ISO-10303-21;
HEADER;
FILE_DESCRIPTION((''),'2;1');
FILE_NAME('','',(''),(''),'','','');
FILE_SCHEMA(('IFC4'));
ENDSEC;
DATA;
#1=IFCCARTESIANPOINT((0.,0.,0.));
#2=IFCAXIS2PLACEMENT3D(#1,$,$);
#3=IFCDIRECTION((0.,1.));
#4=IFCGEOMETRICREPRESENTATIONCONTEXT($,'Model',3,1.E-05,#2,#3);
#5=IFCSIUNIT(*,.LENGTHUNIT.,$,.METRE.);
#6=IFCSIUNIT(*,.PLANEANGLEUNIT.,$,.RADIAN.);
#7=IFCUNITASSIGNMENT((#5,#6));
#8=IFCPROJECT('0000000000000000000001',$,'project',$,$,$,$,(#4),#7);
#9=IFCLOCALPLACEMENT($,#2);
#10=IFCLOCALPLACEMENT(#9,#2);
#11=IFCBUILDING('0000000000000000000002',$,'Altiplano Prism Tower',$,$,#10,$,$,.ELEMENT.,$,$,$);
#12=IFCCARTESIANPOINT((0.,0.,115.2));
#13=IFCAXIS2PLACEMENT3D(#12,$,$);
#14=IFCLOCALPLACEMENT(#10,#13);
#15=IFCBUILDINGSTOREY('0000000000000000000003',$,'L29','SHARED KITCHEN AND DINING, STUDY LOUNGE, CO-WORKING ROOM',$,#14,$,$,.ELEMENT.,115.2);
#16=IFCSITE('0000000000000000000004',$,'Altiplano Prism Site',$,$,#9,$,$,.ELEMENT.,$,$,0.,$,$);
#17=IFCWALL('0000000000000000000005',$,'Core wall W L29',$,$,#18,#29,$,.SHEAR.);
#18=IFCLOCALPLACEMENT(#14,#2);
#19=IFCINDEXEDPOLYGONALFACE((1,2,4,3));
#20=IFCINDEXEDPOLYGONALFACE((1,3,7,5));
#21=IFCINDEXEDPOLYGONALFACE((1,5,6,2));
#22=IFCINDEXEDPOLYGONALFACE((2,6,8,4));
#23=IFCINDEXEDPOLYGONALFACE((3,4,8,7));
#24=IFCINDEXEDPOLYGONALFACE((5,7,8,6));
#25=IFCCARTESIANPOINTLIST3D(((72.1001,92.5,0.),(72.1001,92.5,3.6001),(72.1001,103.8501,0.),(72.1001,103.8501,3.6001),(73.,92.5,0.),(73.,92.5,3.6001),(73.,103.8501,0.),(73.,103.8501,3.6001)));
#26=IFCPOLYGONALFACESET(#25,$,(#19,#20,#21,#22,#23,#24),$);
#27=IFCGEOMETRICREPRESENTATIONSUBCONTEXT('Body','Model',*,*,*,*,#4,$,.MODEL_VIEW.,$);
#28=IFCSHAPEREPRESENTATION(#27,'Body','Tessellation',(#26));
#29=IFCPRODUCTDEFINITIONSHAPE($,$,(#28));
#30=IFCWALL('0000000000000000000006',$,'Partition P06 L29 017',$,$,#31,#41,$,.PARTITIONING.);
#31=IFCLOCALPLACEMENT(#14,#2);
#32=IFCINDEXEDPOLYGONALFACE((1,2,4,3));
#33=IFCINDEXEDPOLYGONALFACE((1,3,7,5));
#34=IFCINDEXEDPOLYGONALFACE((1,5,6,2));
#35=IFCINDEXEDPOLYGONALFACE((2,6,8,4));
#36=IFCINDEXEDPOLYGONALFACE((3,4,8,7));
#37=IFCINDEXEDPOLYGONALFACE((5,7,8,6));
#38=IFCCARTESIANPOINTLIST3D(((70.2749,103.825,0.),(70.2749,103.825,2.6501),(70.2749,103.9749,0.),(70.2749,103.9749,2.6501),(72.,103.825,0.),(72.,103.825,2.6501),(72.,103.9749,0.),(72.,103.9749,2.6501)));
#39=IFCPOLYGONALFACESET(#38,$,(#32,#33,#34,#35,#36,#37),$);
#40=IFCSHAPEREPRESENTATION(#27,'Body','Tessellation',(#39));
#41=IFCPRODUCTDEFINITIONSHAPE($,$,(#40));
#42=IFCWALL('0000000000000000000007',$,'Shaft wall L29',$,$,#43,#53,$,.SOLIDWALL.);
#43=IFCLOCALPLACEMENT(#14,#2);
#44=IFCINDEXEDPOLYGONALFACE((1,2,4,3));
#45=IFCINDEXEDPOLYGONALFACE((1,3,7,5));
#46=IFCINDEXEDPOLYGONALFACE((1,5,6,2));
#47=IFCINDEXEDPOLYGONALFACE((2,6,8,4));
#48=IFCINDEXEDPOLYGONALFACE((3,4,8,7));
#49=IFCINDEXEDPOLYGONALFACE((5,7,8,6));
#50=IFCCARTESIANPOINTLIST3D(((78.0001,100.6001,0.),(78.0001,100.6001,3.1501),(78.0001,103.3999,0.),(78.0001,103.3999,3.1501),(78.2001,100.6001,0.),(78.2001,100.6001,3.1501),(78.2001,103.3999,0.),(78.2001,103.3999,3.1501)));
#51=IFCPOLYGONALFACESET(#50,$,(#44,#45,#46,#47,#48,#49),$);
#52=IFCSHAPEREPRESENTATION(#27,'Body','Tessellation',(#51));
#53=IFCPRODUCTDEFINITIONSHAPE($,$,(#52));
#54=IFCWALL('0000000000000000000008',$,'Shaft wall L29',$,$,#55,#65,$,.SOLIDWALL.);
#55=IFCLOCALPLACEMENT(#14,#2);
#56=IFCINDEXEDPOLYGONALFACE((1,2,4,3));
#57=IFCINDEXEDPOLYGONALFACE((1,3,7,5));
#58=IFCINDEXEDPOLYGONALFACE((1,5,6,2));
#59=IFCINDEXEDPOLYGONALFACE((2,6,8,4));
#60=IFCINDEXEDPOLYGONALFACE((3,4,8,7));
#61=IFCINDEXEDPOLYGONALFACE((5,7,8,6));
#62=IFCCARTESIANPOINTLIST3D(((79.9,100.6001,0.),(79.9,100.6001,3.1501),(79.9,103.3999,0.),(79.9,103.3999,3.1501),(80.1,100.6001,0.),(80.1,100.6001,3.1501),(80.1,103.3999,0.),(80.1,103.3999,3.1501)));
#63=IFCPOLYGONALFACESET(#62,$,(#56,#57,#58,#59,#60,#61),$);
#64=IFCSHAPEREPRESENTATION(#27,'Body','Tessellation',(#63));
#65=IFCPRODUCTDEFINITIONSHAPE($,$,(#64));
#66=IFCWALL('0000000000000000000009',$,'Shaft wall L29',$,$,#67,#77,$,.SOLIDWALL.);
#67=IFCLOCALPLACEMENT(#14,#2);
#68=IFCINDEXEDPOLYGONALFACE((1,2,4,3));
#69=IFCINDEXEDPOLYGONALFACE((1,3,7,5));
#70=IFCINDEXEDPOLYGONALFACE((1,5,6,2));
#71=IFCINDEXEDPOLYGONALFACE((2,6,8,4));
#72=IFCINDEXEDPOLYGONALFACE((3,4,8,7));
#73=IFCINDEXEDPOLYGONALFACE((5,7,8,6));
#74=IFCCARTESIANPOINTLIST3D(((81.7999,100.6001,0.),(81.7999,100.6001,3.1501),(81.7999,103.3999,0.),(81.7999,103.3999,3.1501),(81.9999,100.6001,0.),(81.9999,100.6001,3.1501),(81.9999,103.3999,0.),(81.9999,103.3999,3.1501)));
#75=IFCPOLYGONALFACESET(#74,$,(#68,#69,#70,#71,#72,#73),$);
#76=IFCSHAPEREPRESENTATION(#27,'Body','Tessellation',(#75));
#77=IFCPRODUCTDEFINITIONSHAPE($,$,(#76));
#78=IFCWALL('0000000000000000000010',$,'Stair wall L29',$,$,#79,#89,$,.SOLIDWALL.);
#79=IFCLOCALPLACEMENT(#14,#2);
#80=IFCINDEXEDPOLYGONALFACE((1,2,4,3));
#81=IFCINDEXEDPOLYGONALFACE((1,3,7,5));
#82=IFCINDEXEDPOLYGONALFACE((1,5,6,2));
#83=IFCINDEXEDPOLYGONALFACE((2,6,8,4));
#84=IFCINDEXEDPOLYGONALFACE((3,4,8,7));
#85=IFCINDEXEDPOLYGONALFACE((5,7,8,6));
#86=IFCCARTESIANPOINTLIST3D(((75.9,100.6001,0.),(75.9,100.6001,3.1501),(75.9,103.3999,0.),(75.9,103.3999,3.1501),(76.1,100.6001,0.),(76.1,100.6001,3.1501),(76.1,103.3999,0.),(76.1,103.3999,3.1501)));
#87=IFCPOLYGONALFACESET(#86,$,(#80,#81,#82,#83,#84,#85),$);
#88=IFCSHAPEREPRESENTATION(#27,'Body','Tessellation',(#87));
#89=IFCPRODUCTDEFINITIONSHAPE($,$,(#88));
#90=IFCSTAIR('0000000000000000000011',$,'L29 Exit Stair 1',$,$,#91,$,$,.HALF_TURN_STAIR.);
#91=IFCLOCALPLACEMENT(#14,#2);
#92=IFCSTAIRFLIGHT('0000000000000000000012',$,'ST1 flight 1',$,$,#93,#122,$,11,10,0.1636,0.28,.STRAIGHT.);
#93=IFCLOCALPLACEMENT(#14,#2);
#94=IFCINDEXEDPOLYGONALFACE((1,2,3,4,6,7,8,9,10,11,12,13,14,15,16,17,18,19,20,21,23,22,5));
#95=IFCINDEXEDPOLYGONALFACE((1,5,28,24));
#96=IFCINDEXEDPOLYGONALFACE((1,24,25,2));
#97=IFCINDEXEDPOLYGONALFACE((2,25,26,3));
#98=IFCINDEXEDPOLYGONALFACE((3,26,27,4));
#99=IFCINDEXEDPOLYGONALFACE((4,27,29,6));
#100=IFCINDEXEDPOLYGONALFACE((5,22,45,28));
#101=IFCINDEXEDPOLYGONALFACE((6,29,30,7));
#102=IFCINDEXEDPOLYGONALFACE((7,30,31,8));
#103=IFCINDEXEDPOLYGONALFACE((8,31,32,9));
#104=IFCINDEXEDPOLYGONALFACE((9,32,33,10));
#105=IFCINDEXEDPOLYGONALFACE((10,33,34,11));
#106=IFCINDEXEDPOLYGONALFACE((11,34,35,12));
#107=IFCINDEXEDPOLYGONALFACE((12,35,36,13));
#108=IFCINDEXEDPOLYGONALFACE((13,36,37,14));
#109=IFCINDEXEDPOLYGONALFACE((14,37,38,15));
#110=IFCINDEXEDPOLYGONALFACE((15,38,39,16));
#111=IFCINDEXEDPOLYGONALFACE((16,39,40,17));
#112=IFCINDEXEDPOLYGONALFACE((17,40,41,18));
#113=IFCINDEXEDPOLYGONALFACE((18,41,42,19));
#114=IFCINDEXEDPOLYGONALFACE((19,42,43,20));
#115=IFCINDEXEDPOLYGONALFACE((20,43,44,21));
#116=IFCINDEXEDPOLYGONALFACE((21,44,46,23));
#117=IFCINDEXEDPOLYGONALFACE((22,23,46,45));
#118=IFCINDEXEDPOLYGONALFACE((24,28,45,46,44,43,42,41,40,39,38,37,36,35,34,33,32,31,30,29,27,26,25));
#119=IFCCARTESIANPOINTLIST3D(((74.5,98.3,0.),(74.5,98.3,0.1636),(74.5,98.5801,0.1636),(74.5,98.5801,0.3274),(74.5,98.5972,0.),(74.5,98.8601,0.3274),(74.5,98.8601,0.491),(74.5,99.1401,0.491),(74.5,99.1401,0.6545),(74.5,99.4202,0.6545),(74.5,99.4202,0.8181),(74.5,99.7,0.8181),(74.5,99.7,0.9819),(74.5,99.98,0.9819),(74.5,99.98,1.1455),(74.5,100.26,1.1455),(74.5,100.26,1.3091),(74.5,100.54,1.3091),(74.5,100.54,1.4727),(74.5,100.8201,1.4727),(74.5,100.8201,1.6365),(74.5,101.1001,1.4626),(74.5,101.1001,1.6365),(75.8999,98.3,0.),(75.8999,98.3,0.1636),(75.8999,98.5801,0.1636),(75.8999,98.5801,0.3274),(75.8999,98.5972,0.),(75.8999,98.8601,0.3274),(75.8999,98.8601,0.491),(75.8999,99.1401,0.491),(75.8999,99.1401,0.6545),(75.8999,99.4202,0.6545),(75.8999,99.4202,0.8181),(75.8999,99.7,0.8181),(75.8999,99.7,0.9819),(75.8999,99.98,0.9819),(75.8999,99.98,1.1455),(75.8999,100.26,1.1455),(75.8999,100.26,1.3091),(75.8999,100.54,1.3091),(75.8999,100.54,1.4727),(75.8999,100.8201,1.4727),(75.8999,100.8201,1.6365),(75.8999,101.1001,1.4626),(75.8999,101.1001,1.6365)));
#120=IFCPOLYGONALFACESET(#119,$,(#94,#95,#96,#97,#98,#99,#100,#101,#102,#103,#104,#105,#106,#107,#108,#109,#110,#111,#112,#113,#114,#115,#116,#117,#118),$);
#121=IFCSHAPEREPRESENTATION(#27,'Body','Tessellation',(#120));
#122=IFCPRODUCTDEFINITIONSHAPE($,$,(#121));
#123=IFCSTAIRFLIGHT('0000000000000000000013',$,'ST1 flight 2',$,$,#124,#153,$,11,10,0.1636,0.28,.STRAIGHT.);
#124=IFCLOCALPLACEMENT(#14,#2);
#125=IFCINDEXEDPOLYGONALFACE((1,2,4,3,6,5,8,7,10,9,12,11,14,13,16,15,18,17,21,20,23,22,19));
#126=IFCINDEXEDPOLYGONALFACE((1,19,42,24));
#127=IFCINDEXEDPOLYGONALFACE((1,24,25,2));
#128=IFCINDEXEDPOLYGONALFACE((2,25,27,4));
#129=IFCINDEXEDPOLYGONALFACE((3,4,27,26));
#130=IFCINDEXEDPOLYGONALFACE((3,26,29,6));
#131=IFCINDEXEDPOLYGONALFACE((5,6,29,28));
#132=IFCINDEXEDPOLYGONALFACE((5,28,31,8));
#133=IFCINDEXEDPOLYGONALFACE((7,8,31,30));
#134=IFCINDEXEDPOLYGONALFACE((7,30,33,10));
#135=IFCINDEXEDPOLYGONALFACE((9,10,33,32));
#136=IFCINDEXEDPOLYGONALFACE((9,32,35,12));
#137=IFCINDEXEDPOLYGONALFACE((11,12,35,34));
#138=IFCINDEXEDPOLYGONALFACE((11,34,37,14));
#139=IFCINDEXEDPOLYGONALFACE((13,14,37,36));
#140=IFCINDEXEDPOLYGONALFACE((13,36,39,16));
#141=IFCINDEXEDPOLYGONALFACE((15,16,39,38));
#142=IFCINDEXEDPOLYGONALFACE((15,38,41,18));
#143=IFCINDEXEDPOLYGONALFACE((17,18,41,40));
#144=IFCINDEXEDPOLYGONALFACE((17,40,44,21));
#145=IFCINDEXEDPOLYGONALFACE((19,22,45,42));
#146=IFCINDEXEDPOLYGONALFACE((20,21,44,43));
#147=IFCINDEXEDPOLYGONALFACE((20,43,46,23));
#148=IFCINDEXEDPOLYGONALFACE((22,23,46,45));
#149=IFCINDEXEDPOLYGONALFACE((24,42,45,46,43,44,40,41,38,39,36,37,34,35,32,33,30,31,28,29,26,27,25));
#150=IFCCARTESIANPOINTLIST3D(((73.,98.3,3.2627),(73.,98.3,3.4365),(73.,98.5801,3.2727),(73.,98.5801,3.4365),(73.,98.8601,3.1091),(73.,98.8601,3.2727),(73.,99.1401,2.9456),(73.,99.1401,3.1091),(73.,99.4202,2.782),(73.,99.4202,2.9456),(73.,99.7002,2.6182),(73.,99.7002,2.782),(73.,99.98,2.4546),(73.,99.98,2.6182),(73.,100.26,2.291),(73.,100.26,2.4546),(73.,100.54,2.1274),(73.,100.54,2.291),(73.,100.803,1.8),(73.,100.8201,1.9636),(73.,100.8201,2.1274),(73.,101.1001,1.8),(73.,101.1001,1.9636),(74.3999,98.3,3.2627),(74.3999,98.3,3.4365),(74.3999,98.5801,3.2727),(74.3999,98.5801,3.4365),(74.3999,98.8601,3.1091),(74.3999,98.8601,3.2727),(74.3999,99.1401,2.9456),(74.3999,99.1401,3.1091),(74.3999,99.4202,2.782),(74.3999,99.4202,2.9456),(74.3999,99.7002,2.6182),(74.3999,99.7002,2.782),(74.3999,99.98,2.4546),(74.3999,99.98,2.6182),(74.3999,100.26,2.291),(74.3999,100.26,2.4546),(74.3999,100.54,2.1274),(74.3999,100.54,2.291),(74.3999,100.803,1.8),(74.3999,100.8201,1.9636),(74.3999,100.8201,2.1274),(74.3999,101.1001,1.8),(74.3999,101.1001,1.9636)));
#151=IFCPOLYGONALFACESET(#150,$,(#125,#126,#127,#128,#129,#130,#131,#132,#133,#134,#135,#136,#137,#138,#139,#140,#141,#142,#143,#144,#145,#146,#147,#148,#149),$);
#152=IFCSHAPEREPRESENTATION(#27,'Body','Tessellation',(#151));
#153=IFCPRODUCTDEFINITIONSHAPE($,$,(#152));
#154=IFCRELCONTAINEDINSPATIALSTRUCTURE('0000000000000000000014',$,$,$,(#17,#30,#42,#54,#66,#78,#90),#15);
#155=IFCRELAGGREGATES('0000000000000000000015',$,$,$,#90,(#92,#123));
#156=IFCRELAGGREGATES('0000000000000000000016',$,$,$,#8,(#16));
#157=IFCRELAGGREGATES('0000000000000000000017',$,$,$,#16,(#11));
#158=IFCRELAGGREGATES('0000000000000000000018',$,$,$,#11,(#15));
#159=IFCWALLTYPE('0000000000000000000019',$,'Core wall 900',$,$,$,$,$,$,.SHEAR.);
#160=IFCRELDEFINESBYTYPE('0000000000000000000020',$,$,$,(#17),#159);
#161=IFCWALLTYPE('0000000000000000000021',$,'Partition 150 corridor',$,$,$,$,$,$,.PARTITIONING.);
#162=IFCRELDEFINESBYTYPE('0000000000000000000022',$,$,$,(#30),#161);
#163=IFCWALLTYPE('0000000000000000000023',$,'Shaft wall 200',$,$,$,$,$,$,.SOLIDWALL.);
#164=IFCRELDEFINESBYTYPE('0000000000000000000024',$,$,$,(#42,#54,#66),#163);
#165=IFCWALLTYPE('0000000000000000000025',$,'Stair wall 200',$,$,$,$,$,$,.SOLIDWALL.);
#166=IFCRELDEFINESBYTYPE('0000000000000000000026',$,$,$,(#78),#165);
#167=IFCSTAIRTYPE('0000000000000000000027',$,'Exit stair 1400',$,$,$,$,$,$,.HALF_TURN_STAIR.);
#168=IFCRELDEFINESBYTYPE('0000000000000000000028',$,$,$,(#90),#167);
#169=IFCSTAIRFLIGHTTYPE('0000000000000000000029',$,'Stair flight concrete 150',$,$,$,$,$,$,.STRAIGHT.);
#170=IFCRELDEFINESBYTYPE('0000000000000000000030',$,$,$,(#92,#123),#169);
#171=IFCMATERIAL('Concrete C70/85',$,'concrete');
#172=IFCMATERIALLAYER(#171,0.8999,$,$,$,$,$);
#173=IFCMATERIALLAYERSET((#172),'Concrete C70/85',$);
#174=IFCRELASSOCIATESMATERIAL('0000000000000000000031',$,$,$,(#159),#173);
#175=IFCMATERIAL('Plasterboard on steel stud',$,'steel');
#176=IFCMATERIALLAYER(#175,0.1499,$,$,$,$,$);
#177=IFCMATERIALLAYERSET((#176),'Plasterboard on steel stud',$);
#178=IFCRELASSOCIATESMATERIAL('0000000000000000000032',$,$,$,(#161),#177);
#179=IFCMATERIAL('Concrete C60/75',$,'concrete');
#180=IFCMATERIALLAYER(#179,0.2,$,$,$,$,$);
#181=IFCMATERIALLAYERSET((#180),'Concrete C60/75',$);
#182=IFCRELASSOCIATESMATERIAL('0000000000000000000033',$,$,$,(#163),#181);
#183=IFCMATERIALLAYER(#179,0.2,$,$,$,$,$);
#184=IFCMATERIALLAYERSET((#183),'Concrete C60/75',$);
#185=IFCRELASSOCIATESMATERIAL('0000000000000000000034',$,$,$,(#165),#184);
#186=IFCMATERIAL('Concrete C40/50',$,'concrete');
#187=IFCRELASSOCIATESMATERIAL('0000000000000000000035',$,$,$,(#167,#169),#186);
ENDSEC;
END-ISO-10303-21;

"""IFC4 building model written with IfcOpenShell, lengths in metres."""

from ifc_helpers import new_model, si_unit, direction, frame, frame_2d, origin, place, context, subcontext, project, spatial, polyline, rectangle, outline, extrude, material, layer, layer_set, type_object, element, aggregate, save


model = new_model("IFC4")

# Units and contexts
model_context = context("Model", 3, precision=1e-05, world=origin(), true_north=direction((0.0, 1.0)))
body_context = subcontext(model_context, "Body", "Model", "MODEL_VIEW")
ifc_project = project(units=[si_unit("LENGTHUNIT", "METRE"), si_unit("PLANEANGLEUNIT", "RADIAN")], contexts=[model_context])

# Site, building, storey
site_placement = place(None, origin())
site = spatial("IfcSite", under=ifc_project, at=site_placement, Name="Altiplano Prism Site", CompositionType="ELEMENT", RefElevation=0.0)
building_placement = place(site_placement, origin())
building = spatial("IfcBuilding", under=site, at=building_placement, Name="Altiplano Prism Tower", CompositionType="ELEMENT")
storey_placement = place(building_placement, frame((0.0, 0.0, 115.2)))
storey = spatial("IfcBuildingStorey", under=building, at=storey_placement, Name="L29", Description="SHARED KITCHEN AND DINING, STUDY LOUNGE, CO-WORKING ROOM", CompositionType="ELEMENT", Elevation=115.2)

# Walls
ifc_material_1 = material(Name="Concrete C70/85", Category="concrete")
ifc_layer_1 = layer(ifc_material_1, 0.8999)
ifc_layer_set_1 = layer_set([ifc_layer_1], Name="Concrete C70/85")
wall_type_1 = type_object("IfcWallType", Name="Core wall 900", PredefinedType="SHEAR", material=ifc_layer_set_1)
wall_1_placement = place(storey_placement, frame((72.55, 103.8501, 0.0), z_axis=(0.0, 0.0, 1.0), x_axis=(0.0, -1.0, 0.0)))
element("IfcWall", 1, at=wall_1_placement, inside=storey, type_object=wall_type_1, Name="Core wall W L29", PredefinedType="SHEAR", context=body_context, shape_type="SweptSolid", body=[
    extrude(rectangle(XDim=11.3501, YDim=0.8999, at=frame_2d((5.675, 0.0))), origin(), (0.0, 0.0, 1.0), 3.6001),
])
ifc_material_2 = material(Name="Plasterboard on steel stud", Category="steel")
ifc_layer_2 = layer(ifc_material_2, 0.1499)
ifc_layer_set_2 = layer_set([ifc_layer_2], Name="Plasterboard on steel stud")
wall_type_2 = type_object("IfcWallType", Name="Partition 150 corridor", PredefinedType="PARTITIONING", material=ifc_layer_set_2)
wall_2_placement = place(storey_placement, frame((72.0, 103.8999, 0.0), z_axis=(0.0, 0.0, 1.0), x_axis=(-1.0, 0.0, 0.0)))
element("IfcWall", 2, at=wall_2_placement, inside=storey, type_object=wall_type_2, Name="Partition P06 L29 017", PredefinedType="PARTITIONING", context=body_context, shape_type="SweptSolid", body=[
    extrude(rectangle(XDim=1.7251, YDim=0.1499, at=frame_2d((0.8625, 0.0))), origin(), (0.0, 0.0, 1.0), 2.6501),
])
ifc_material_3 = material(Name="Concrete C60/75", Category="concrete")
ifc_layer_3 = layer(ifc_material_3, 0.2)
ifc_layer_set_3 = layer_set([ifc_layer_3], Name="Concrete C60/75")
wall_type_3 = type_object("IfcWallType", Name="Shaft wall 200", PredefinedType="SOLIDWALL", material=ifc_layer_set_3)
for number, where, z_axis, x_axis, name in (
    (3, (78.1001, 100.6001, 0.0), (0.0, 0.0, 1.0), (0.0, 1.0, 0.0), "Shaft wall L29"),
    (4, (80.0, 100.6001, 0.0), (0.0, 0.0, 1.0), (0.0, 1.0, 0.0), "Shaft wall L29"),
    (5, (81.8999, 100.6001, 0.0), (0.0, 0.0, 1.0), (0.0, 1.0, 0.0), "Shaft wall L29"),
):
    element("IfcWall", number, at=place(storey_placement, frame(where, z_axis=z_axis, x_axis=x_axis)), inside=storey, type_object=wall_type_3, Name=name, PredefinedType="SOLIDWALL", context=body_context, shape_type="SweptSolid", body=[
        extrude(rectangle(XDim=2.7998, YDim=0.2, at=frame_2d((1.3999, 0.0))), origin(), (0.0, 0.0, 1.0), 3.1501),
    ])

# Shared definitions
ifc_layer_4 = layer(ifc_material_3, 0.2)
ifc_layer_set_4 = layer_set([ifc_layer_4], Name="Concrete C60/75")
wall_type_4 = type_object("IfcWallType", Name="Stair wall 200", PredefinedType="SOLIDWALL", material=ifc_layer_set_4)

# Wall
wall_3_placement = place(storey_placement, frame((76.0, 100.6001, 0.0), z_axis=(0.0, 0.0, 1.0), x_axis=(0.0, 1.0, 0.0)))
element("IfcWall", 6, at=wall_3_placement, inside=storey, type_object=wall_type_4, Name="Stair wall L29", PredefinedType="SOLIDWALL", context=body_context, shape_type="SweptSolid", body=[
    extrude(rectangle(XDim=2.7998, YDim=0.2, at=frame_2d((1.3999, 0.0))), origin(), (0.0, 0.0, 1.0), 3.1501),
])

# Stair, stair flights
ifc_material_4 = material(Name="Concrete C40/50", Category="concrete")
stair_type = type_object("IfcStairType", Name="Exit stair 1400", PredefinedType="HALF_TURN_STAIR", material=ifc_material_4)
stair_placement = place(storey_placement, origin())
stair = element("IfcStair", 7, at=stair_placement, inside=storey, type_object=stair_type, Name="L29 Exit Stair 1", PredefinedType="HALF_TURN_STAIR")
stair_flight_type = type_object("IfcStairFlightType", Name="Stair flight concrete 150", PredefinedType="STRAIGHT", material=ifc_material_4)
stair_flight_1_placement = place(storey_placement, frame((75.2, 98.3, 0.0), z_axis=(0.0, 0.0, 1.0), x_axis=(0.0, 1.0, 0.0)))
stair_flight_1 = element("IfcStairFlight", 8, at=stair_flight_1_placement, type_object=stair_flight_type, Name="ST1 flight 1", NumberOfRisers=11, NumberOfTreads=10, PredefinedType="STRAIGHT", RiserHeight=0.1636, TreadLength=0.28, context=body_context, shape_type="SweptSolid", body=[
    extrude(outline(polyline([(0.0, 0.0), (0.0, 0.1636), (0.28, 0.1636), (0.28, 0.3274), (0.5601, 0.3274), (0.5601, 0.491), (0.8401, 0.491), (0.8401, 0.6545), (1.1201, 0.6545), (1.1201, 0.8181), (1.3999, 0.8181), (1.3999, 0.9819), (1.6799, 0.9819), (1.6799, 1.1455), (1.96, 1.1455), (1.96, 1.3091), (2.24, 1.3091), (2.24, 1.4727), (2.52, 1.4727), (2.52, 1.6365), (2.8, 1.6365), (2.8, 1.8), (2.8, 1.4626), (0.2971, 0.0), (0.0, 0.0)])), frame((0.0, 0.7, 0.0), z_axis=(0.0, -1.0, 0.0), x_axis=(1.0, 0.0, 0.0)), (0.0, 0.0, 1.0), 1.3999),
])
stair_flight_2_placement = place(storey_placement, frame((73.7, 101.1001, 1.8), z_axis=(0.0, 0.0, 1.0), x_axis=(0.0, -1.0, 0.0)))
stair_flight_2 = element("IfcStairFlight", 9, at=stair_flight_2_placement, type_object=stair_flight_type, Name="ST1 flight 2", NumberOfRisers=11, NumberOfTreads=10, PredefinedType="STRAIGHT", RiserHeight=0.1636, TreadLength=0.28, context=body_context, shape_type="SweptSolid", body=[
    extrude(outline(polyline([(0.0, 0.0), (0.0, 0.1636), (0.28, 0.1636), (0.28, 0.3274), (0.5601, 0.3274), (0.5601, 0.491), (0.8401, 0.491), (0.8401, 0.6545), (1.1201, 0.6545), (1.1201, 0.8181), (1.3999, 0.8181), (1.3999, 0.9819), (1.6799, 0.9819), (1.6799, 1.1455), (1.96, 1.1455), (1.96, 1.3091), (2.24, 1.3091), (2.24, 1.4727), (2.52, 1.4727), (2.52, 1.6365), (2.8, 1.6365), (2.8, 1.8), (2.8, 1.4626), (0.2971, 0.0), (0.0, 0.0)])), frame((0.0, 0.7, 0.0), z_axis=(0.0, -1.0, 0.0), x_axis=(1.0, 0.0, 0.0)), (0.0, 0.0, 1.0), 1.3999),
])
aggregate(stair, [stair_flight_1, stair_flight_2])

save(model, "model.ifc")
